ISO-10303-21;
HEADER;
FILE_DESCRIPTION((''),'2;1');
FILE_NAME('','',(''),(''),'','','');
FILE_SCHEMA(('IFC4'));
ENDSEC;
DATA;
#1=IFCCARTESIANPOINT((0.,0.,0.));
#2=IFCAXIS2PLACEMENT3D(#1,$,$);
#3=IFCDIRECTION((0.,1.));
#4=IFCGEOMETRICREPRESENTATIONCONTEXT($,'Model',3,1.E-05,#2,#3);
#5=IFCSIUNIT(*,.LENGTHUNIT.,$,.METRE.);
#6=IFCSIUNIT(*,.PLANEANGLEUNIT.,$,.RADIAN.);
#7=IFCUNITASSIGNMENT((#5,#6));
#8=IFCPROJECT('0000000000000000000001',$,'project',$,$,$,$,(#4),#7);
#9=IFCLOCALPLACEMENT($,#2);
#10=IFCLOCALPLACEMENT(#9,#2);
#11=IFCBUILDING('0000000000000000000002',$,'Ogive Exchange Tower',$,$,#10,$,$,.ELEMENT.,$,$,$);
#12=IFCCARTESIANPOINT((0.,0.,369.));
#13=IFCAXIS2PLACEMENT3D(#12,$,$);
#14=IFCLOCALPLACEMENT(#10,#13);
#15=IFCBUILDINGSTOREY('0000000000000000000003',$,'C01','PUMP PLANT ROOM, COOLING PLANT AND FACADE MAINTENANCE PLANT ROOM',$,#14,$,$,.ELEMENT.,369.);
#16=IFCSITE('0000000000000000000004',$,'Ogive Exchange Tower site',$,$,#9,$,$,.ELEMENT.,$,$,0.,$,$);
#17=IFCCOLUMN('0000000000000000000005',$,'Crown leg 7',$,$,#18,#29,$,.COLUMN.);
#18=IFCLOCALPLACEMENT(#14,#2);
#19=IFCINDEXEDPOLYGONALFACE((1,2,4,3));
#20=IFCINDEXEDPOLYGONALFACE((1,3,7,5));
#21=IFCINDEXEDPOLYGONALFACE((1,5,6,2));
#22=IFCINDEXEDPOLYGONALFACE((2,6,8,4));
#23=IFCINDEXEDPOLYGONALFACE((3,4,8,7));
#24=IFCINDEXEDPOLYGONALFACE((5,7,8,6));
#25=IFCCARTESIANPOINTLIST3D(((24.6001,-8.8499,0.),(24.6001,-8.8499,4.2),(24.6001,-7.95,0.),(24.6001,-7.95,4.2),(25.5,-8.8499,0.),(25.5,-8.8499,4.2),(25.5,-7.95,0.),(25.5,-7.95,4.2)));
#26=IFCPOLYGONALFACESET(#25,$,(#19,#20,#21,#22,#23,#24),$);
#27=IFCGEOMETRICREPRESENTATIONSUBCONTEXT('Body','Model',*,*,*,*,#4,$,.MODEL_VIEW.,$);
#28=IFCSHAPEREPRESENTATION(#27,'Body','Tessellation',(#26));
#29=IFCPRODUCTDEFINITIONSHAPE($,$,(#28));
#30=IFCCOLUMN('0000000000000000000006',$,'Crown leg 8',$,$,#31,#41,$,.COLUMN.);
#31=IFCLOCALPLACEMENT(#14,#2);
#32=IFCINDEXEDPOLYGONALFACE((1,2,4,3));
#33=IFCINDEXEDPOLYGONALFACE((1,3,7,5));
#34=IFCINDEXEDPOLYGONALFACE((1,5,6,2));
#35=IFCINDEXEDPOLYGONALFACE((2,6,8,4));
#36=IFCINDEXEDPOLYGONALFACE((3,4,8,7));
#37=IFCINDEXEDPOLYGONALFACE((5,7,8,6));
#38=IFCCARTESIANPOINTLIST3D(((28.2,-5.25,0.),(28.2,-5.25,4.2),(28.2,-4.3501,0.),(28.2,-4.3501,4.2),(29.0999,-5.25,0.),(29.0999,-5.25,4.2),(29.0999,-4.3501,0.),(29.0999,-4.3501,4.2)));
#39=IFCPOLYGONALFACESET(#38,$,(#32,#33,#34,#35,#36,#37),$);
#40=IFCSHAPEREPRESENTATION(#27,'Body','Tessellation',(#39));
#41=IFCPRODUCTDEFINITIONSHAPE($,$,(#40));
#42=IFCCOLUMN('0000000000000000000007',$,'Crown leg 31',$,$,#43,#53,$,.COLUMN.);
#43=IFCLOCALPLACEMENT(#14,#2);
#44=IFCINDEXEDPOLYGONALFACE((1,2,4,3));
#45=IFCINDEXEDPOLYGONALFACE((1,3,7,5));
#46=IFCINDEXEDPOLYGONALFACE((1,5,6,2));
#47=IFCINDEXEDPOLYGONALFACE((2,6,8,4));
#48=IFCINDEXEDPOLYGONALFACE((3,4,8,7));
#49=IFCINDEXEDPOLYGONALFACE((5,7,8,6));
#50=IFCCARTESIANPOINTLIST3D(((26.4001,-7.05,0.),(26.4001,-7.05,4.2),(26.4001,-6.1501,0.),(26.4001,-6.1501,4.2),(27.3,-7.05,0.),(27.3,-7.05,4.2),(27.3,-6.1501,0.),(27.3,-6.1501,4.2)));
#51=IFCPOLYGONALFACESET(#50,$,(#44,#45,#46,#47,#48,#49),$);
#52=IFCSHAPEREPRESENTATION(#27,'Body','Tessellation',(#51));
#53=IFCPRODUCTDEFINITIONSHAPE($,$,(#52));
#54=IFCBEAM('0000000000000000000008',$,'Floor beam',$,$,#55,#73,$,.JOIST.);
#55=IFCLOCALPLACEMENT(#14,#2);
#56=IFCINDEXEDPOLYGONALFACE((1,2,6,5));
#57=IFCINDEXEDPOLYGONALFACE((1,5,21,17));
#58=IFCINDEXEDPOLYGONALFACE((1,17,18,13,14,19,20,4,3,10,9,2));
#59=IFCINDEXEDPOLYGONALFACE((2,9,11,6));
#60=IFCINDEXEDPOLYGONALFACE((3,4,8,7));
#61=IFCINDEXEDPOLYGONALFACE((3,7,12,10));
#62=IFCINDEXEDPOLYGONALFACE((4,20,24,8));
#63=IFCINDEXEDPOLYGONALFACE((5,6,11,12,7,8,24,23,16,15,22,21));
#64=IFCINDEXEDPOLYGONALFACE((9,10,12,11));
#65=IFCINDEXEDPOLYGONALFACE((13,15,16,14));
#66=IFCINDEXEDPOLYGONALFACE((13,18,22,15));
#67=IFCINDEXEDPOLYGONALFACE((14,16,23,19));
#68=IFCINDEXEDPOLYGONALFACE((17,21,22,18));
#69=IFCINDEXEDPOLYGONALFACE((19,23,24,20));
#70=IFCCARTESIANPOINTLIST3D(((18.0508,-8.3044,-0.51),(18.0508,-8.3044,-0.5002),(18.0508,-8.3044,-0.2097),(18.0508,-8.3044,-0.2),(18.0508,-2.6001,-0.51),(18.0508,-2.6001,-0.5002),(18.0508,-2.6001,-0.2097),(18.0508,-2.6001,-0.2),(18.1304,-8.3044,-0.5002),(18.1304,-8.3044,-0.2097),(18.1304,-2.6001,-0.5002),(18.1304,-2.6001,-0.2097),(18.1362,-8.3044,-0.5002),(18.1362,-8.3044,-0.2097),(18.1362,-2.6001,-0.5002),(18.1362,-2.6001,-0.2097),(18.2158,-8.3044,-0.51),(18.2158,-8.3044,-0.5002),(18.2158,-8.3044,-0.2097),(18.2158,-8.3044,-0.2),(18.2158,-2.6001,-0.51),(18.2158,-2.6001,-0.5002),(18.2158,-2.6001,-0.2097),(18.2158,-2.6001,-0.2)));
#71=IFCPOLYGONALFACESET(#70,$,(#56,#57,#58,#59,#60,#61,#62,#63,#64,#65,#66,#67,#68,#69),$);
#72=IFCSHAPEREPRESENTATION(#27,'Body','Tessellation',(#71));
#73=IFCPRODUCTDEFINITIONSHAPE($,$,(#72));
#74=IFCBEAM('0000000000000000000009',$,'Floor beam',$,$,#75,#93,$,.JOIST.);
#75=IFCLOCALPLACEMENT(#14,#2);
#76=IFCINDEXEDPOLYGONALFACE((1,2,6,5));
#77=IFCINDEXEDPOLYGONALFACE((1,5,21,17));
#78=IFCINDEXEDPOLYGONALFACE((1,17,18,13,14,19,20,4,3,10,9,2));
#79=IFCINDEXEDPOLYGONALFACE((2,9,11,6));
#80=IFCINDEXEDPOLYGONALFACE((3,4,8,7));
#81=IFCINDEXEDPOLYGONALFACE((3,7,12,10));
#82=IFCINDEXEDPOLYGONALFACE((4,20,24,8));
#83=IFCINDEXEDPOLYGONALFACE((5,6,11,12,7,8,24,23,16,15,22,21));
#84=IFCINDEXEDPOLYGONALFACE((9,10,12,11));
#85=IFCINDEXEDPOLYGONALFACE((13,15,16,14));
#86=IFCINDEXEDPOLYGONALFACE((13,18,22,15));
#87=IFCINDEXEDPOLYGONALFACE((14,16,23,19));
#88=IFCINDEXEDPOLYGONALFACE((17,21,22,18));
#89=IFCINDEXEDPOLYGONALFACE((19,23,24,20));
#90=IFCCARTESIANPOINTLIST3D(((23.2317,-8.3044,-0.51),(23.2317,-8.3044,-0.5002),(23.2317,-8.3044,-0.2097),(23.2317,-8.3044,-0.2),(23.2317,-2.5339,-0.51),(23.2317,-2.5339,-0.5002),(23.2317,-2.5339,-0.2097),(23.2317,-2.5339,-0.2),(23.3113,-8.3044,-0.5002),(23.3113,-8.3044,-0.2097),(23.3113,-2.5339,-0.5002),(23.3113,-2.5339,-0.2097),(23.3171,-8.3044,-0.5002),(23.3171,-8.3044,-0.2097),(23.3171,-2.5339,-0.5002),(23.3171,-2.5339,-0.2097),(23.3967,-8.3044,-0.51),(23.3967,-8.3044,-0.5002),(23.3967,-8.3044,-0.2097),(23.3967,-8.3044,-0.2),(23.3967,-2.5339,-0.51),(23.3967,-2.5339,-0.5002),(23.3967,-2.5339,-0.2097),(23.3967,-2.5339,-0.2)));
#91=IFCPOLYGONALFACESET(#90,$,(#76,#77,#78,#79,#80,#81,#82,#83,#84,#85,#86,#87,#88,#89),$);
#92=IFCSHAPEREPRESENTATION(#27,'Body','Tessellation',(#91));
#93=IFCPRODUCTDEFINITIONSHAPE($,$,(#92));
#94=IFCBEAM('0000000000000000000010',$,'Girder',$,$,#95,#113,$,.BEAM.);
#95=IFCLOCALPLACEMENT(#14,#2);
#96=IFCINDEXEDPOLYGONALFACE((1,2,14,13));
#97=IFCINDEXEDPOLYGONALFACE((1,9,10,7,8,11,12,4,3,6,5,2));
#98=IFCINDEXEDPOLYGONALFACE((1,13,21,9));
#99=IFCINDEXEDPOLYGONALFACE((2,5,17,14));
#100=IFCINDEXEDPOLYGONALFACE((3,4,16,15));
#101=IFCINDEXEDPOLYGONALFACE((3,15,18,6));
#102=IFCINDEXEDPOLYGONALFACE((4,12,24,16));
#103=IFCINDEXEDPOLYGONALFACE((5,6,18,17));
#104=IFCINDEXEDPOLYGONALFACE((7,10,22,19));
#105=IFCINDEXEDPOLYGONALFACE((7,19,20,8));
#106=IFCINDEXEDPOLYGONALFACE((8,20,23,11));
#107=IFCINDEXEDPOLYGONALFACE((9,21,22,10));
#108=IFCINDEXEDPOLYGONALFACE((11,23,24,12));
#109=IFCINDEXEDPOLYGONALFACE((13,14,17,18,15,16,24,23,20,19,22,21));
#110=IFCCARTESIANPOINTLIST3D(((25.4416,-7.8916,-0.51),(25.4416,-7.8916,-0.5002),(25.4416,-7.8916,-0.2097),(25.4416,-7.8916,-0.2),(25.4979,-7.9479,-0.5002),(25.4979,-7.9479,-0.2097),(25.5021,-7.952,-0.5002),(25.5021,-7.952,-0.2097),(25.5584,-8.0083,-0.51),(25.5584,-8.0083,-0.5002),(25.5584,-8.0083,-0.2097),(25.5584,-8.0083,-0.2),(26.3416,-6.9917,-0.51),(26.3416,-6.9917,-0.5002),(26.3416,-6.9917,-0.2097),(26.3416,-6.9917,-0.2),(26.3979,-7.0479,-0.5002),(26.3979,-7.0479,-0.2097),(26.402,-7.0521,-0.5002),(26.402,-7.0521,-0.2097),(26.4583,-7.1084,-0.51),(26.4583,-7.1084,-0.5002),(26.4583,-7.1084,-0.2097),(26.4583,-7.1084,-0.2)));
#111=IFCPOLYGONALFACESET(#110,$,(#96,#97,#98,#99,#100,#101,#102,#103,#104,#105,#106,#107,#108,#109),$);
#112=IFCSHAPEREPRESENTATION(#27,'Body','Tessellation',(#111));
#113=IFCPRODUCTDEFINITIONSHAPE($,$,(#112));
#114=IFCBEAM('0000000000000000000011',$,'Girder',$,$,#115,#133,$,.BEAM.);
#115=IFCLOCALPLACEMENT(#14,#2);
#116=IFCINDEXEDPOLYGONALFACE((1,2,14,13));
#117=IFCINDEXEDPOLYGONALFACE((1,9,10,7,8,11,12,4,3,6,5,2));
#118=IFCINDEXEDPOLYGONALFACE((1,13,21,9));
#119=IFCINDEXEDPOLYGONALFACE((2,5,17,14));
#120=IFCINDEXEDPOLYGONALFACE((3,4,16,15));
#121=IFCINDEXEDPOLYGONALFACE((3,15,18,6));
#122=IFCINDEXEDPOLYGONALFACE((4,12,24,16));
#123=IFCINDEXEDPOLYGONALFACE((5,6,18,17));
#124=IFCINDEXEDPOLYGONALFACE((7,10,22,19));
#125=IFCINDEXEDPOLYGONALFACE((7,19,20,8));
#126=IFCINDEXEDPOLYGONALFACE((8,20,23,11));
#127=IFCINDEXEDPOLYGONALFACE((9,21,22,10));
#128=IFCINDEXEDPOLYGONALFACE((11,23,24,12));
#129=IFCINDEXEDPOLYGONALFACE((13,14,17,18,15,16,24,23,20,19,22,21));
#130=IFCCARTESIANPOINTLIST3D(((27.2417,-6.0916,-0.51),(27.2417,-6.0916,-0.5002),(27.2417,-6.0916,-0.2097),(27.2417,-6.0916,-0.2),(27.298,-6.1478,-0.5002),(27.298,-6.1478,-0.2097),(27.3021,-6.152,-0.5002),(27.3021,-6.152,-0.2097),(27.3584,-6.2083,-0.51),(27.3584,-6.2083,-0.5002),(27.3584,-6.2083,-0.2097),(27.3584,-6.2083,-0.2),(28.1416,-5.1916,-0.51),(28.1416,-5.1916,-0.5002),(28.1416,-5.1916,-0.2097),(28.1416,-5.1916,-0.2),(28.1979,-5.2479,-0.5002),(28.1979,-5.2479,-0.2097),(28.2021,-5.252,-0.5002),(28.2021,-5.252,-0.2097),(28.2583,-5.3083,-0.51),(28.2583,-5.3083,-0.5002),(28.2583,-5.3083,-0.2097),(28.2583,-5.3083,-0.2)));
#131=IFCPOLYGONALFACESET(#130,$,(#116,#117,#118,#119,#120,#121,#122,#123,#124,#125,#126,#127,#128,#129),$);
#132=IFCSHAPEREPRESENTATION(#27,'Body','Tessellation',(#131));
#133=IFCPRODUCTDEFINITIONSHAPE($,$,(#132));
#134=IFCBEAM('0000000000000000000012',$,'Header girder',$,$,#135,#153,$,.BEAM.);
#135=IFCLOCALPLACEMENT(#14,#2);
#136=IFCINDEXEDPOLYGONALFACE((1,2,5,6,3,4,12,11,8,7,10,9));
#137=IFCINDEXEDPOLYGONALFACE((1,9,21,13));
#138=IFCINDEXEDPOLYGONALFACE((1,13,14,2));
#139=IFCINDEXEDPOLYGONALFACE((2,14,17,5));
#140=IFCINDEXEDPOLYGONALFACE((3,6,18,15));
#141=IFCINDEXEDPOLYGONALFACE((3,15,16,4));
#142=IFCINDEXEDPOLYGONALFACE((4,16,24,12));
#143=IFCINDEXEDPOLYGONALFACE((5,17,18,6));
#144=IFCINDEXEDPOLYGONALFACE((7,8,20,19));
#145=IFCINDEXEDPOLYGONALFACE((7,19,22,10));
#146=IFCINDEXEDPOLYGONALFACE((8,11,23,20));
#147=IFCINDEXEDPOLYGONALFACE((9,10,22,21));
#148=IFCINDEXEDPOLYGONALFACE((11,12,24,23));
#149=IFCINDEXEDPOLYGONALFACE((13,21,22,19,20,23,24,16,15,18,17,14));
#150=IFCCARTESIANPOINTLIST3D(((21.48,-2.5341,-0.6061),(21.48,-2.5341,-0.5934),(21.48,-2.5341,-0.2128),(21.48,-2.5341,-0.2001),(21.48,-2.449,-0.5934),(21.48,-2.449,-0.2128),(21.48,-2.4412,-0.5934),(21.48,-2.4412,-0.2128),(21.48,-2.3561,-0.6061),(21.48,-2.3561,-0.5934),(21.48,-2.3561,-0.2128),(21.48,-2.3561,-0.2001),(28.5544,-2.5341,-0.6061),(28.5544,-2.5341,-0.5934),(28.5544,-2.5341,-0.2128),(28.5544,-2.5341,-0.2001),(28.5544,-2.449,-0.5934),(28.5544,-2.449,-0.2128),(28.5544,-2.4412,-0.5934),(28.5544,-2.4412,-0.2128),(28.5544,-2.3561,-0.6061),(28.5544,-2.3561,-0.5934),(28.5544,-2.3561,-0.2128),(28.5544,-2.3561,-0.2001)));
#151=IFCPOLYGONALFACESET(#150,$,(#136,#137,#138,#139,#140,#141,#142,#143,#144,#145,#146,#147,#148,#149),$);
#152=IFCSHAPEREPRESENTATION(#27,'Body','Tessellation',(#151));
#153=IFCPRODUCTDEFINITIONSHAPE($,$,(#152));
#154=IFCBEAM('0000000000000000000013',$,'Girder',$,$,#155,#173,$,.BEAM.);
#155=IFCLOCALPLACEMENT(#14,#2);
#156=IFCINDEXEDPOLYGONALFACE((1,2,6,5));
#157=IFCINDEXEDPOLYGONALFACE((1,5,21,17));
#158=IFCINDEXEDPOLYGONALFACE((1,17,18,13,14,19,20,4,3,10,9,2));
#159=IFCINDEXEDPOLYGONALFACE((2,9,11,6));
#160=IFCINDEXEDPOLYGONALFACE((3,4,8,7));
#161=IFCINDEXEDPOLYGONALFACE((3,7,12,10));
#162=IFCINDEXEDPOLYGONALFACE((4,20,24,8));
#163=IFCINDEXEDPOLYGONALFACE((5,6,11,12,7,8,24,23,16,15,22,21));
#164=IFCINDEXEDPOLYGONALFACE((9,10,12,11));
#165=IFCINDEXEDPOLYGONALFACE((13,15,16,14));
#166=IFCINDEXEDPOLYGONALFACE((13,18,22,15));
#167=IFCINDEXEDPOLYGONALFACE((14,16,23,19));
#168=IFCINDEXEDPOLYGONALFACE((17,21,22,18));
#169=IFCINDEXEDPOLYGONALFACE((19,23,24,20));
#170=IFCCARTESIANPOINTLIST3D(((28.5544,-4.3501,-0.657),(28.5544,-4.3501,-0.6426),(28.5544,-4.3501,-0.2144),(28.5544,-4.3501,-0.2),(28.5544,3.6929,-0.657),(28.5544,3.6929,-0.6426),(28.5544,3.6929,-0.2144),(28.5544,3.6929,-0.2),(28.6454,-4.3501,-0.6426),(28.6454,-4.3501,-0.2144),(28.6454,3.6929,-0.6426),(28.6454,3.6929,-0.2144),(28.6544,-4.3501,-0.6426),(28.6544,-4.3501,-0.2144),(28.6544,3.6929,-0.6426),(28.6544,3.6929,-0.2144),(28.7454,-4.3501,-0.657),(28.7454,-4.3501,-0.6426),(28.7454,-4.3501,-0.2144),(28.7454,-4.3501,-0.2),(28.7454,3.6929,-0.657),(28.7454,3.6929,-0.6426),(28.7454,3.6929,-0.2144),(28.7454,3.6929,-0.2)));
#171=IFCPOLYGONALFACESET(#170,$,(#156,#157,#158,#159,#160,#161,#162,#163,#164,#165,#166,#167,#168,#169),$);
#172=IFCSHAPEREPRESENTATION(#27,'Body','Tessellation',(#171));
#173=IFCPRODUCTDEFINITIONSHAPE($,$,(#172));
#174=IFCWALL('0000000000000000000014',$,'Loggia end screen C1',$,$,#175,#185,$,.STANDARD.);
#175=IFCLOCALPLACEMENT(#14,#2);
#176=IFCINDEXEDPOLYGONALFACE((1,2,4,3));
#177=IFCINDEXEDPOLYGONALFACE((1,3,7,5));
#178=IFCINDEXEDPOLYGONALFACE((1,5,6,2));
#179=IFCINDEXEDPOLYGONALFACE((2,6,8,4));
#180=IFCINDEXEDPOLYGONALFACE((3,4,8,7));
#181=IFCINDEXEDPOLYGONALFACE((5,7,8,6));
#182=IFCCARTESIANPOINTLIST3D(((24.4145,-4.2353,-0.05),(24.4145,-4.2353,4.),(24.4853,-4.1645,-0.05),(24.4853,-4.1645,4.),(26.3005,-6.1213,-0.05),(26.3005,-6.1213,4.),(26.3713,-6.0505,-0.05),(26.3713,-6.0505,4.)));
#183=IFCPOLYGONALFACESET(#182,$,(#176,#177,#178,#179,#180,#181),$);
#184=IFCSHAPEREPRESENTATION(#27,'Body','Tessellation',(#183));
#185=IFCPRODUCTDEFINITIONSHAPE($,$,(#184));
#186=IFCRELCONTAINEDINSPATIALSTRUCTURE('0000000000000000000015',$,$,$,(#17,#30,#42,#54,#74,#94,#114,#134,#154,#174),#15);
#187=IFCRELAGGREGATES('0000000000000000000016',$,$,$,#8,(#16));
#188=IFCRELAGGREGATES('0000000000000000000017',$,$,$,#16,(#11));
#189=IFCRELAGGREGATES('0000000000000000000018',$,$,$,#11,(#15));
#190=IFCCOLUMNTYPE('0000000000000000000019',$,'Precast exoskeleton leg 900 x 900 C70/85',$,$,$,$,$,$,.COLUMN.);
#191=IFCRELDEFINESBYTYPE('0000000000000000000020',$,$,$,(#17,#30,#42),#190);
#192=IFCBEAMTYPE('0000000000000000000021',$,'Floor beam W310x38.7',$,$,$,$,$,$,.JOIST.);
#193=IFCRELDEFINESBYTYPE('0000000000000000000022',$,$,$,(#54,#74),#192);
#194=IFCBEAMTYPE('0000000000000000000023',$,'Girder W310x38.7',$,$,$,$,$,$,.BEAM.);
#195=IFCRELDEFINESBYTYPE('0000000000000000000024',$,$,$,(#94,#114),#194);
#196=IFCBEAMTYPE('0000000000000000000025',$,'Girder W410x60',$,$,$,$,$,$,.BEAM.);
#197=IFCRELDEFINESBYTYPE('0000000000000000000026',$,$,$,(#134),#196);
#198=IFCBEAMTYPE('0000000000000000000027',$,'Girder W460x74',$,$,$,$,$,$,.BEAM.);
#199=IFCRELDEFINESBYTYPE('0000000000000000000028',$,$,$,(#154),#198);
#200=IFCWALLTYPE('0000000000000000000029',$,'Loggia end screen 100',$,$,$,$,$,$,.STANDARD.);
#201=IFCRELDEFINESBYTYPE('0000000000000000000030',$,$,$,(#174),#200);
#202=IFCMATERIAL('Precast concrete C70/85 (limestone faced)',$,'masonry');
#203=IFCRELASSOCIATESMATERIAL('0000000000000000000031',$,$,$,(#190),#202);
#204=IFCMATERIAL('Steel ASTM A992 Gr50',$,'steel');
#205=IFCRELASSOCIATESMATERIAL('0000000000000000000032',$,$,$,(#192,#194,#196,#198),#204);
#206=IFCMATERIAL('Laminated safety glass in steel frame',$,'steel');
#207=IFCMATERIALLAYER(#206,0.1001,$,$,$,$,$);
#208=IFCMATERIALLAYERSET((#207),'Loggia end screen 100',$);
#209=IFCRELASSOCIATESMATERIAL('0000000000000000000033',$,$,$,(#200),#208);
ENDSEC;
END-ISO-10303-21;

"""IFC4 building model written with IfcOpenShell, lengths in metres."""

from ifc_helpers import new_model, si_unit, direction, frame, frame_2d, origin, origin_2d, place, context, subcontext, project, spatial, rectangle, i_section, extrude, material, layer, layer_set, material_profile, profile_set, type_object, element, save


model = new_model("IFC4")

# Units and contexts
model_context = context("Model", 3, precision=1e-05, world=origin(), true_north=direction((0.0, 1.0)))
body_context = subcontext(model_context, "Body", "Model", "MODEL_VIEW")
ifc_project = project(units=[si_unit("LENGTHUNIT", "METRE"), si_unit("PLANEANGLEUNIT", "RADIAN")], contexts=[model_context])

# Site, building, storey
site_placement = place(None, origin())
site = spatial("IfcSite", under=ifc_project, at=site_placement, Name="Ogive Exchange Tower site", CompositionType="ELEMENT", RefElevation=0.0)
building_placement = place(site_placement, origin())
building = spatial("IfcBuilding", under=site, at=building_placement, Name="Ogive Exchange Tower", CompositionType="ELEMENT")
storey_placement = place(building_placement, frame((0.0, 0.0, 369.0)))
storey = spatial("IfcBuildingStorey", under=building, at=storey_placement, Name="C01", Description="PUMP PLANT ROOM, COOLING PLANT AND FACADE MAINTENANCE PLANT ROOM", CompositionType="ELEMENT", Elevation=369.0)

# Columns
ifc_material_1 = material(Name="Precast concrete C70/85 (limestone faced)", Category="masonry")
ifc_material_profile_1 = material_profile(ifc_material_1, rectangle(XDim=0.8999, YDim=0.8999, at=origin_2d()), Name="900 x 900")
ifc_profile_set_1 = profile_set([ifc_material_profile_1], Name="Precast concrete C70/85 (limestone faced)")
column_type = type_object("IfcColumnType", Name="Precast exoskeleton leg 900 x 900 C70/85", PredefinedType="COLUMN", material=ifc_profile_set_1)
for number, where, z_axis, x_axis, name in (
    (1, (25.05, -8.3999, 0.0), (0.0, 0.0, 1.0), (1.0, 0.0, 0.0), "Crown leg 7"),
    (2, (28.6499, -4.8, 0.0), (0.0, 0.0, 1.0), (1.0, 0.0, 0.0), "Crown leg 8"),
    (3, (26.8501, -6.6001, 0.0), (0.0, 0.0, 1.0), (1.0, 0.0, 0.0), "Crown leg 31"),
):
    element("IfcColumn", number, at=place(storey_placement, frame(where, z_axis=z_axis, x_axis=x_axis)), inside=storey, type_object=column_type, Name=name, PredefinedType="COLUMN", context=body_context, shape_type="SweptSolid", body=[
        extrude(rectangle(XDim=0.8999, YDim=0.8999, at=origin_2d()), origin(), (0.0, 0.0, 1.0), 4.2),
    ])

# Beams
ifc_material_2 = material(Name="Steel ASTM A992 Gr50", Category="steel")
ifc_material_profile_2 = material_profile(ifc_material_2, i_section(OverallWidth=0.165, OverallDepth=0.3101, WebThickness=0.0059, FlangeThickness=0.0098, at=origin_2d()), Name="W310x38.7")
ifc_profile_set_2 = profile_set([ifc_material_profile_2], Name="Steel ASTM A992 Gr50")
beam_type_1 = type_object("IfcBeamType", Name="Floor beam W310x38.7", PredefinedType="JOIST", material=ifc_profile_set_2)
beam_1_placement = place(storey_placement, frame((18.1333, -8.3044, -0.355), z_axis=(0.0, 1.0, 0.0), x_axis=(-1.0, 0.0, 0.0)))
element("IfcBeam", 4, at=beam_1_placement, inside=storey, type_object=beam_type_1, Name="Floor beam", PredefinedType="JOIST", context=body_context, shape_type="SweptSolid", body=[
    extrude(i_section(OverallWidth=0.165, OverallDepth=0.3101, WebThickness=0.0059, FlangeThickness=0.0098, at=origin_2d()), origin(), (0.0, 0.0, 1.0), 5.7043),
])
beam_2_placement = place(storey_placement, frame((23.3142, -8.3044, -0.355), z_axis=(0.0, 1.0, 0.0), x_axis=(-1.0, 0.0, 0.0)))
element("IfcBeam", 5, at=beam_2_placement, inside=storey, type_object=beam_type_1, Name="Floor beam", PredefinedType="JOIST", context=body_context, shape_type="SweptSolid", body=[
    extrude(i_section(OverallWidth=0.165, OverallDepth=0.3101, WebThickness=0.0059, FlangeThickness=0.0098, at=origin_2d()), origin(), (0.0, 0.0, 1.0), 5.7705),
])
ifc_material_profile_3 = material_profile(ifc_material_2, i_section(OverallWidth=0.165, OverallDepth=0.3101, WebThickness=0.0059, FlangeThickness=0.0098, at=origin_2d()), Name="W310x38.7")
ifc_profile_set_3 = profile_set([ifc_material_profile_3], Name="Steel ASTM A992 Gr50")
beam_type_2 = type_object("IfcBeamType", Name="Girder W310x38.7", PredefinedType="BEAM", material=ifc_profile_set_3)
for number, where, z_axis, x_axis, name in (
    (6, (25.5, -7.95, -0.355), (0.707107, 0.707107, 0.0), (-0.707107, 0.707107, 0.0), "Girder"),
    (7, (27.3, -6.1499, -0.355), (0.707107, 0.707107, 0.0), (-0.707107, 0.707107, 0.0), "Girder"),
):
    element("IfcBeam", number, at=place(storey_placement, frame(where, z_axis=z_axis, x_axis=x_axis)), inside=storey, type_object=beam_type_2, Name=name, PredefinedType="BEAM", context=body_context, shape_type="SweptSolid", body=[
        extrude(i_section(OverallWidth=0.165, OverallDepth=0.3101, WebThickness=0.0059, FlangeThickness=0.0098, at=origin_2d()), origin(), (0.0, 0.0, 1.0), 1.2727),
    ])
ifc_material_profile_4 = material_profile(ifc_material_2, i_section(OverallWidth=0.178, OverallDepth=0.406, WebThickness=0.0078, FlangeThickness=0.0127, at=origin_2d()), Name="W410x60")
ifc_profile_set_4 = profile_set([ifc_material_profile_4], Name="Steel ASTM A992 Gr50")
beam_type_3 = type_object("IfcBeamType", Name="Girder W410x60", PredefinedType="BEAM", material=ifc_profile_set_4)
beam_3_placement = place(storey_placement, frame((21.48, -2.4451, -0.4031), z_axis=(1.0, 0.0, 0.0), x_axis=(0.0, 1.0, 0.0)))
element("IfcBeam", 8, at=beam_3_placement, inside=storey, type_object=beam_type_3, Name="Header girder", PredefinedType="BEAM", context=body_context, shape_type="SweptSolid", body=[
    extrude(i_section(OverallWidth=0.178, OverallDepth=0.406, WebThickness=0.0078, FlangeThickness=0.0127, at=origin_2d()), origin(), (0.0, 0.0, 1.0), 7.0745),
])
ifc_material_profile_5 = material_profile(ifc_material_2, i_section(OverallWidth=0.1909, OverallDepth=0.457, WebThickness=0.009, FlangeThickness=0.0144, at=origin_2d()), Name="W460x74")
ifc_profile_set_5 = profile_set([ifc_material_profile_5], Name="Steel ASTM A992 Gr50")
beam_type_4 = type_object("IfcBeamType", Name="Girder W460x74", PredefinedType="BEAM", material=ifc_profile_set_5)
beam_4_placement = place(storey_placement, frame((28.6499, -4.3501, -0.4285), z_axis=(0.0, 1.0, 0.0), x_axis=(-1.0, 0.0, 0.0)))
element("IfcBeam", 9, at=beam_4_placement, inside=storey, type_object=beam_type_4, Name="Girder", PredefinedType="BEAM", context=body_context, shape_type="SweptSolid", body=[
    extrude(i_section(OverallWidth=0.1909, OverallDepth=0.457, WebThickness=0.009, FlangeThickness=0.0144, at=origin_2d()), origin(), (0.0, 0.0, 1.0), 8.043),
])

# Wall
ifc_material_3 = material(Name="Laminated safety glass in steel frame", Category="steel")
ifc_layer_1 = layer(ifc_material_3, 0.1001)
ifc_layer_set_1 = layer_set([ifc_layer_1], Name="Loggia end screen 100")
wall_type_1 = type_object("IfcWallType", Name="Loggia end screen 100", PredefinedType="STANDARD", material=ifc_layer_set_1)
wall_1_placement = place(storey_placement, frame((24.45, -4.2, -0.05), z_axis=(0.0, 0.0, 1.0), x_axis=(0.707107, -0.707107, 0.0)))
element("IfcWall", 10, at=wall_1_placement, inside=storey, type_object=wall_type_1, Name="Loggia end screen C1", PredefinedType="STANDARD", context=body_context, shape_type="SweptSolid", body=[
    extrude(rectangle(XDim=2.6672, YDim=0.1001, at=frame_2d((1.3335, 0.0))), origin(), (0.0, 0.0, 1.0), 4.05),
])

save(model, "model.ifc")
